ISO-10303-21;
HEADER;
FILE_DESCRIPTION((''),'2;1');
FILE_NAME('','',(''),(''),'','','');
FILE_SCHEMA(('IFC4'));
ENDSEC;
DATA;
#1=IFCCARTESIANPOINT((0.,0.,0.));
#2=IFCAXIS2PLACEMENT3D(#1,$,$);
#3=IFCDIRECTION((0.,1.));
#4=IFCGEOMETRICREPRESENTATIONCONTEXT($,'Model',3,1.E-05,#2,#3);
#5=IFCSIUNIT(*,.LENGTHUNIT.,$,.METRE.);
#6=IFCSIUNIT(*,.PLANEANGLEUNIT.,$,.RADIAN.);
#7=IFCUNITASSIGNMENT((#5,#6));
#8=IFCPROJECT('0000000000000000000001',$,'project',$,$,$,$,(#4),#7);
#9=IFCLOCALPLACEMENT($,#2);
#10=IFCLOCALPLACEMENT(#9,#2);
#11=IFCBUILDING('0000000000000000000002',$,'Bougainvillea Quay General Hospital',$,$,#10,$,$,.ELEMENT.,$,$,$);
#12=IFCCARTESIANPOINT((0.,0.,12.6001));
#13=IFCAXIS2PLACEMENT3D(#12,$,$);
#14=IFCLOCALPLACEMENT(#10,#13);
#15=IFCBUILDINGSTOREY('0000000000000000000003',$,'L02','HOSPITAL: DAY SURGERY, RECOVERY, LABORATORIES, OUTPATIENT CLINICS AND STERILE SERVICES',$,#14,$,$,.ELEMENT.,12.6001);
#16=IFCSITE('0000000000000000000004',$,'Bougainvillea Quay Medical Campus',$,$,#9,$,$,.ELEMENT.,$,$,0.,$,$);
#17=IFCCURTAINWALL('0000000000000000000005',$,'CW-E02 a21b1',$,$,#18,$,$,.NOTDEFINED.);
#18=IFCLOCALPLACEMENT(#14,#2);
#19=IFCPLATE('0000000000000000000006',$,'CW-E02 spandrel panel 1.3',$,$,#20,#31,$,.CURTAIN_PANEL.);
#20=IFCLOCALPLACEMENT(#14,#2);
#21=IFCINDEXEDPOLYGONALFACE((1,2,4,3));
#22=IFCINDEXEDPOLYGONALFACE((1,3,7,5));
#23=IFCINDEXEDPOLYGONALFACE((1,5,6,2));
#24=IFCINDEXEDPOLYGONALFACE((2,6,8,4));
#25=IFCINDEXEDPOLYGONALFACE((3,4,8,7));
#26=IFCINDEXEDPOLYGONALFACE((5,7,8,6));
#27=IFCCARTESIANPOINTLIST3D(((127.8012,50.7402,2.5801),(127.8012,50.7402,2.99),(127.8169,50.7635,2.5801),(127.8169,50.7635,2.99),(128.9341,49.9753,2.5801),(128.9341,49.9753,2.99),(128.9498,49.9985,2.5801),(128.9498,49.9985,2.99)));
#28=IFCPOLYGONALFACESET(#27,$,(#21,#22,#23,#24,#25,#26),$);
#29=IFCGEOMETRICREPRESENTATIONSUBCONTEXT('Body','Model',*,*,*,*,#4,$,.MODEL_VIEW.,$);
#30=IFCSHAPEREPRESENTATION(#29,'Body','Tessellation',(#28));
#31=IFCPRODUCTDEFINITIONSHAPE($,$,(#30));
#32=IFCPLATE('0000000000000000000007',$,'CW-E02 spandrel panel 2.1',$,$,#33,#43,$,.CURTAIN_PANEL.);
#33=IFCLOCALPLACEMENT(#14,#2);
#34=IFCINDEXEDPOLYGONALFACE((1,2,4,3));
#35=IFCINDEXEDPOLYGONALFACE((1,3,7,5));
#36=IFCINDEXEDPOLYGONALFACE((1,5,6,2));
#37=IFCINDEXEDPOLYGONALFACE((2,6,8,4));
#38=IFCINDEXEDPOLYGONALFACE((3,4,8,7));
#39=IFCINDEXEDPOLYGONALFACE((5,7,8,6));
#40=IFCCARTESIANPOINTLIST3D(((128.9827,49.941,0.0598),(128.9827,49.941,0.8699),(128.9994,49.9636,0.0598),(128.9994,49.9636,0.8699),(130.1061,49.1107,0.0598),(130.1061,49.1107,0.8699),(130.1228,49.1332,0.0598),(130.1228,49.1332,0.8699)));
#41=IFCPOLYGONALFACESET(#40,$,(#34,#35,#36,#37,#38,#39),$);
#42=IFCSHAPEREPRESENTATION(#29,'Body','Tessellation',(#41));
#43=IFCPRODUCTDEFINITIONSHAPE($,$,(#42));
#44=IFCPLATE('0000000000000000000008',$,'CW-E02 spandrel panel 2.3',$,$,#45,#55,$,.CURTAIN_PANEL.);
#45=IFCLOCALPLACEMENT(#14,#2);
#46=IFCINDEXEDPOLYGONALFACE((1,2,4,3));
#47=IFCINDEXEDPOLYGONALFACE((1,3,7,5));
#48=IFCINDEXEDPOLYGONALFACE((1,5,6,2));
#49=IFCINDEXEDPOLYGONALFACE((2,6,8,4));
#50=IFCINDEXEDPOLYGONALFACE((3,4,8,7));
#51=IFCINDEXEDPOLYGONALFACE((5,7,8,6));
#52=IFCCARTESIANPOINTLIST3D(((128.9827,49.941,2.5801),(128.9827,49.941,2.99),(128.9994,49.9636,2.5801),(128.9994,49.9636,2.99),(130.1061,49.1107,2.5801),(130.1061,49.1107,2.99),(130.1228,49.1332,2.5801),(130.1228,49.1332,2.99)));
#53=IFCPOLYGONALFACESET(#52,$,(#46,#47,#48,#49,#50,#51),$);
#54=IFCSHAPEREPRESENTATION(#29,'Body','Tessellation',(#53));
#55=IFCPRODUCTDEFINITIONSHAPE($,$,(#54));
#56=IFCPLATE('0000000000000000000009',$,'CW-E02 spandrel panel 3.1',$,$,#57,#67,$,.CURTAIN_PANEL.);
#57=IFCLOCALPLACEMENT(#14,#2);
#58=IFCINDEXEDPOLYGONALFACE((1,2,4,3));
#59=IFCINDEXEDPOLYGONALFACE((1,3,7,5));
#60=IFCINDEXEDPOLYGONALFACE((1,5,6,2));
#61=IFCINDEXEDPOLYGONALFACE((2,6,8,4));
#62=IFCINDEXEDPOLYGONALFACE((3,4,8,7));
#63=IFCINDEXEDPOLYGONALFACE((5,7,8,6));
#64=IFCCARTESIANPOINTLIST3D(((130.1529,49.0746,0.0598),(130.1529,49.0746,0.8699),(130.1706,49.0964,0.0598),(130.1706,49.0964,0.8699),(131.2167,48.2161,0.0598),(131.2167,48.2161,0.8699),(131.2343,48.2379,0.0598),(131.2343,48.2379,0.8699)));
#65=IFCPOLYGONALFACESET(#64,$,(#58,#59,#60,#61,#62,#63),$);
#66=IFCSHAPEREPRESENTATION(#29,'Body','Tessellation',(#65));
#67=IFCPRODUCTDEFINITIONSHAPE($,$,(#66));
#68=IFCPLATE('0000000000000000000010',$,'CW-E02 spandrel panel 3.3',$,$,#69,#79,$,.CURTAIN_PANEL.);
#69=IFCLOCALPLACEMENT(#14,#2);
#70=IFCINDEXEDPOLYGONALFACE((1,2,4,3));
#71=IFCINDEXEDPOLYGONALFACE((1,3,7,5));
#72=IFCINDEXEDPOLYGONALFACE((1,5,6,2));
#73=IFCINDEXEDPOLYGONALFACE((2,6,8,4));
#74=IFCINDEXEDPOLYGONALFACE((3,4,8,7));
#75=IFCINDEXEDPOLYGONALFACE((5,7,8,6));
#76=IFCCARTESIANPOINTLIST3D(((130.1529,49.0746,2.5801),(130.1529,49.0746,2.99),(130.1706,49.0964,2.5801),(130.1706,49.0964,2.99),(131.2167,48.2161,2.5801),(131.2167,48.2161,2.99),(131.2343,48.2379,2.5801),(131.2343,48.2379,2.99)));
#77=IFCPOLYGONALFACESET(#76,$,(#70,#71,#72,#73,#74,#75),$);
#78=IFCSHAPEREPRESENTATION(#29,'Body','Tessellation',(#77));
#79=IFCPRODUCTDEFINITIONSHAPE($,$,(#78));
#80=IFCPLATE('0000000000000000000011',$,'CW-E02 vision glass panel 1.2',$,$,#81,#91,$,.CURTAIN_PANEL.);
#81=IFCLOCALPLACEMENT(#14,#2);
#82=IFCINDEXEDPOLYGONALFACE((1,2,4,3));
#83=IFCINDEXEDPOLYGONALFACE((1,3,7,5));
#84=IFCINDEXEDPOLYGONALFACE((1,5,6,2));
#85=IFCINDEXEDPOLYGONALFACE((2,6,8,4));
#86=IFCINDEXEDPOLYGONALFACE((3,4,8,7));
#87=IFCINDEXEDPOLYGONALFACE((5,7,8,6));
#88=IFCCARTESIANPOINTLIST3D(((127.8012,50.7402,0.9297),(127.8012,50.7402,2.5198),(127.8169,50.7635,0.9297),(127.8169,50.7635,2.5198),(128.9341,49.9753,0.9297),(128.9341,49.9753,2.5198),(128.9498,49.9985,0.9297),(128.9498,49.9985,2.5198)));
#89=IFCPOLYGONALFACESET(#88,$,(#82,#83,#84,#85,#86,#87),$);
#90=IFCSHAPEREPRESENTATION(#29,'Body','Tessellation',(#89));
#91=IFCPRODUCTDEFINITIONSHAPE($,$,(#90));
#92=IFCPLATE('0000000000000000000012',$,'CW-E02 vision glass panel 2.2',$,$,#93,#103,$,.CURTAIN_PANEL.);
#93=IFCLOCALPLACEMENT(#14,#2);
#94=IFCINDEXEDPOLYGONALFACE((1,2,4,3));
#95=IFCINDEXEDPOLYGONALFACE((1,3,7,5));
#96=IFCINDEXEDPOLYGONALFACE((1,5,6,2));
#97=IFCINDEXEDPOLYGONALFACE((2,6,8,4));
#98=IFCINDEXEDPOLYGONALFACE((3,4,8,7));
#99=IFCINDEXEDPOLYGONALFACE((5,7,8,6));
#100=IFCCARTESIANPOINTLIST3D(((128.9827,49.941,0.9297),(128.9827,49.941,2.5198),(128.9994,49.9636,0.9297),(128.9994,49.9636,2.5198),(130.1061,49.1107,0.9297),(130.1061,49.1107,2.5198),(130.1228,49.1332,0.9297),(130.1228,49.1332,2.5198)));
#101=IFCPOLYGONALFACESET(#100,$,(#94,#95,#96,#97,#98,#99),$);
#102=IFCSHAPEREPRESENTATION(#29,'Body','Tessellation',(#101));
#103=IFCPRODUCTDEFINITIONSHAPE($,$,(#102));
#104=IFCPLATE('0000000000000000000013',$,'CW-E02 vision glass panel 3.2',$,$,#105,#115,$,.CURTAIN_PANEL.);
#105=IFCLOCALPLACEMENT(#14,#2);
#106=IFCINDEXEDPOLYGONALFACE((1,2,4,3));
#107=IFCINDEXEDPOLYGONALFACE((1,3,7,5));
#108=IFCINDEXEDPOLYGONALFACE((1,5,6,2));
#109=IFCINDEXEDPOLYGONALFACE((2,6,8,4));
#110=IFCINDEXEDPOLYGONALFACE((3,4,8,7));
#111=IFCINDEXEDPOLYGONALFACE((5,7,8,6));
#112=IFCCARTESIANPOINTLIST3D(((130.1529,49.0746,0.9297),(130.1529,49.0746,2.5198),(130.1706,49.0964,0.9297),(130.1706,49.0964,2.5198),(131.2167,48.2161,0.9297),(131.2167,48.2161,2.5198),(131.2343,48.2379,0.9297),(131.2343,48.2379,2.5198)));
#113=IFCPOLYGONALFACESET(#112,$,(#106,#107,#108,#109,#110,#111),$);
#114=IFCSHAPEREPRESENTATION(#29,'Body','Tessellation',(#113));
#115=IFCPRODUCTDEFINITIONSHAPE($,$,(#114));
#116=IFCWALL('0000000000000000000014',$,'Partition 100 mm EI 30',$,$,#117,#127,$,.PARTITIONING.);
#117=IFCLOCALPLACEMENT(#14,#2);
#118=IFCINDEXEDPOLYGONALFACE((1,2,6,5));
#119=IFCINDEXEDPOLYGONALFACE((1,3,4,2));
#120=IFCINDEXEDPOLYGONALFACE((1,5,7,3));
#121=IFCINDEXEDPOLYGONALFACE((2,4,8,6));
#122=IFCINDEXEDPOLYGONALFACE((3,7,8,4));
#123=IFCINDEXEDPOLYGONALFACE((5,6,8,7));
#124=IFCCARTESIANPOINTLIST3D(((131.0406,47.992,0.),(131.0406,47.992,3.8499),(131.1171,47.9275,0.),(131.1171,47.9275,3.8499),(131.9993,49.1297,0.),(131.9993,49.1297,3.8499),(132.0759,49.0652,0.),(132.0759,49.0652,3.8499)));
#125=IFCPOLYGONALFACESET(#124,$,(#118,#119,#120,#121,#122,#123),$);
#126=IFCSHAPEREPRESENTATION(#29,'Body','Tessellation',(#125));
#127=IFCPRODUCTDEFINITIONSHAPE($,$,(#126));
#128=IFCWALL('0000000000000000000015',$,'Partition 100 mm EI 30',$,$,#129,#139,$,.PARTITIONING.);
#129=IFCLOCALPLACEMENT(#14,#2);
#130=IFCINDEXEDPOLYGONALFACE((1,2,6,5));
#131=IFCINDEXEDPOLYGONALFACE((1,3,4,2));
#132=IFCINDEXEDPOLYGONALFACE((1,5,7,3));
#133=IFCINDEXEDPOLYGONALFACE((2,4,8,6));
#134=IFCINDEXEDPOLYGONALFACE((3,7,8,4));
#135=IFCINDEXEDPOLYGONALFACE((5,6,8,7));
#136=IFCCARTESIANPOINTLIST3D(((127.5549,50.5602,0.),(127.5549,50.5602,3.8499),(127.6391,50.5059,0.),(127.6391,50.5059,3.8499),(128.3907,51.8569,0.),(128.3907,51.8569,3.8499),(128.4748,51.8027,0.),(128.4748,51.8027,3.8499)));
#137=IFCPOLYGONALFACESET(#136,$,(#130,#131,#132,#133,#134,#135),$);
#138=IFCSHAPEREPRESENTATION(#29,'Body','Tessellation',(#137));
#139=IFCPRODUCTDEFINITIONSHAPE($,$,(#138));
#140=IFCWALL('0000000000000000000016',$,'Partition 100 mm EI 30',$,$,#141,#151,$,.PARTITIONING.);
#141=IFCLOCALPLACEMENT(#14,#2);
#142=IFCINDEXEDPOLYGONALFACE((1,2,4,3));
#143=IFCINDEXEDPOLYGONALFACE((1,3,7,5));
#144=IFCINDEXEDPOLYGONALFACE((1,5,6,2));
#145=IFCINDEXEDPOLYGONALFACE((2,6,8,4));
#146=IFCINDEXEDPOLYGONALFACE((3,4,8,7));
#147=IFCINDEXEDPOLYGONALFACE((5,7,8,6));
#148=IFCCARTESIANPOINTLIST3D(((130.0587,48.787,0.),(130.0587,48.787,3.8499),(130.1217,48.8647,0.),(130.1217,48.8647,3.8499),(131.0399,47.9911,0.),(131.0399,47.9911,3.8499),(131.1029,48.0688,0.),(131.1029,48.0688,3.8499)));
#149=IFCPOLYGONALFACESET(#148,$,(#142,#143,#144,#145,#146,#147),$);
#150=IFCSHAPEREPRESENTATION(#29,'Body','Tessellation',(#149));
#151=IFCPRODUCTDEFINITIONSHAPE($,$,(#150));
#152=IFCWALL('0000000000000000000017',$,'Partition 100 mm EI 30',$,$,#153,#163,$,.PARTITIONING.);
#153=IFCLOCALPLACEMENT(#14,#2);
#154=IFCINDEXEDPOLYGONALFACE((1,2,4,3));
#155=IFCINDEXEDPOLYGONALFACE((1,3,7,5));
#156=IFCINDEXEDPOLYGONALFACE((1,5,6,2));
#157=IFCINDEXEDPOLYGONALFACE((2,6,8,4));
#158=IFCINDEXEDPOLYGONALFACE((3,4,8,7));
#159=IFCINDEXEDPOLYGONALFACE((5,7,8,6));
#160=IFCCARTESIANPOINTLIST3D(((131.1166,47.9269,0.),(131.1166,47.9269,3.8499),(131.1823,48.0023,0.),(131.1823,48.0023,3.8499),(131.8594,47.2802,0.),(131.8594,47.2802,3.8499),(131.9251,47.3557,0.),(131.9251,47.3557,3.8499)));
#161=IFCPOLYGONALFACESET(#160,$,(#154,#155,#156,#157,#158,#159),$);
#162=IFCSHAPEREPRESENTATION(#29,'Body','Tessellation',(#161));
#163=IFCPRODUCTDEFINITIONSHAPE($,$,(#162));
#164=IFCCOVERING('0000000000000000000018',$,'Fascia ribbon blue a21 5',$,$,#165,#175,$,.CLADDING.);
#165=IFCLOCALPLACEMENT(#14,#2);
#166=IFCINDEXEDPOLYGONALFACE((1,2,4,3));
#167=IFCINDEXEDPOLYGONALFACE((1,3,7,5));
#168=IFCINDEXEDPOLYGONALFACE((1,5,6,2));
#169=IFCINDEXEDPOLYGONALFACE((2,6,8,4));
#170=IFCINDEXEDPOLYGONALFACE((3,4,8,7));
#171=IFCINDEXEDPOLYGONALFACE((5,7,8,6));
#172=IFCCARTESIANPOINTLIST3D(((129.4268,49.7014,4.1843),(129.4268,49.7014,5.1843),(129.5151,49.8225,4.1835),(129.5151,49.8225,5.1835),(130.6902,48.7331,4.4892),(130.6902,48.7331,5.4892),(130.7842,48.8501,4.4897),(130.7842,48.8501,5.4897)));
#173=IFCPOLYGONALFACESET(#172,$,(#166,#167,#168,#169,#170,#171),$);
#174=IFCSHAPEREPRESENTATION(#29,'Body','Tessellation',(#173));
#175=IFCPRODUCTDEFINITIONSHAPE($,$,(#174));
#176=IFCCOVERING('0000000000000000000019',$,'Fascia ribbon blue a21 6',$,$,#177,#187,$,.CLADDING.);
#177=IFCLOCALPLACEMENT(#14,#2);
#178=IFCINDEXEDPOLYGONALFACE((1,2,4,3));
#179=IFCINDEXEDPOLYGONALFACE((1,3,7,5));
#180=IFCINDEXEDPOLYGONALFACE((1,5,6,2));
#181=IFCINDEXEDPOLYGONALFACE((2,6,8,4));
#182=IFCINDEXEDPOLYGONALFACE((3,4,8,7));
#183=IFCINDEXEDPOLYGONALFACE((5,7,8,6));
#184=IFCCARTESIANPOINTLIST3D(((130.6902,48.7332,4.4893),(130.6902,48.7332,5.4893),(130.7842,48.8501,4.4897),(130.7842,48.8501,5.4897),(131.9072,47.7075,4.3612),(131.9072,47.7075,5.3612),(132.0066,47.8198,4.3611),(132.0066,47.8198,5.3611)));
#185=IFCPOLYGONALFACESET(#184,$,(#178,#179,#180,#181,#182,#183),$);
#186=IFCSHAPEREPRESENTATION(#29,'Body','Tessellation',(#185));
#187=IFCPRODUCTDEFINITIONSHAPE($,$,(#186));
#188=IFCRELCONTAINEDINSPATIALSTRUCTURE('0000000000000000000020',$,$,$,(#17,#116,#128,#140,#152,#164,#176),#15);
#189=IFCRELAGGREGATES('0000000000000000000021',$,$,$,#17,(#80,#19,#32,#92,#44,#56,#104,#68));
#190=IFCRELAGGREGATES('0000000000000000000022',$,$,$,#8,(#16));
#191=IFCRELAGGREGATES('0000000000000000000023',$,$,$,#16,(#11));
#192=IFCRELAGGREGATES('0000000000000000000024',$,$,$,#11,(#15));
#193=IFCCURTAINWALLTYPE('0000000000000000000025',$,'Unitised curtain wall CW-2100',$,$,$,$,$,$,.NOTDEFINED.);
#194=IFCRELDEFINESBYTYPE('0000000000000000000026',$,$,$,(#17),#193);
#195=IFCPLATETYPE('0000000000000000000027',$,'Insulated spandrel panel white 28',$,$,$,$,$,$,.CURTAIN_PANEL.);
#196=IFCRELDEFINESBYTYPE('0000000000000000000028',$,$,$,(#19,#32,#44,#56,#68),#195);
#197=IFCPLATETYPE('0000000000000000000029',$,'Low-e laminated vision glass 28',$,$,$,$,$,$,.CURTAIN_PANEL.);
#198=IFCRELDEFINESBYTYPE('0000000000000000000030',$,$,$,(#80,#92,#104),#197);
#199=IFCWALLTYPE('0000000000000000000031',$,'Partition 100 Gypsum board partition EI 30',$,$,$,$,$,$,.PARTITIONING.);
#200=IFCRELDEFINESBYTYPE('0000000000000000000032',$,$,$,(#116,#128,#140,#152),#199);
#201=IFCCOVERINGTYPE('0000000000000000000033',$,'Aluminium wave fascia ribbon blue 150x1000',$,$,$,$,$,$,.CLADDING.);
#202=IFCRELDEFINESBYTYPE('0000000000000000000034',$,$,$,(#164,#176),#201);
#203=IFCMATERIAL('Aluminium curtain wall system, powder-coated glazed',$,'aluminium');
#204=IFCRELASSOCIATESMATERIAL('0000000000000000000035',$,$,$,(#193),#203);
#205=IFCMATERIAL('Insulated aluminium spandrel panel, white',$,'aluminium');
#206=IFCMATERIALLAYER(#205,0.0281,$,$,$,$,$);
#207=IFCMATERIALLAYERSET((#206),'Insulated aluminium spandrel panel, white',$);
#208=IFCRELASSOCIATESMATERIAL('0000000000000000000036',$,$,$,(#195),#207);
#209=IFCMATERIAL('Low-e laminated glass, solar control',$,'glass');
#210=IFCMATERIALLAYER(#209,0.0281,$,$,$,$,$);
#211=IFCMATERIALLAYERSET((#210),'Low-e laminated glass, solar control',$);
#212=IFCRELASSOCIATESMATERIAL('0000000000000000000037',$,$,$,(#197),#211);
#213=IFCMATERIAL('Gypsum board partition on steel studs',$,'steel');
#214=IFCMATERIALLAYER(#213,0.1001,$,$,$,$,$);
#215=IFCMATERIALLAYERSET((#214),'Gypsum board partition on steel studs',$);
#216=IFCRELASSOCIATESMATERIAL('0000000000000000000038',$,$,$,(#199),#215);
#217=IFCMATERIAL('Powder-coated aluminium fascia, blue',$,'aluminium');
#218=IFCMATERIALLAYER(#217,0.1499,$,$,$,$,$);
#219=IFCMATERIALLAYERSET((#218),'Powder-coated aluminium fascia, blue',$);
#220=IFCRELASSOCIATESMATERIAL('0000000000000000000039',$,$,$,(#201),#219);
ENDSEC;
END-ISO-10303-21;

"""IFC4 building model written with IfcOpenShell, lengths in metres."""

from ifc_helpers import new_model, si_unit, direction, frame, frame_2d, origin, origin_2d, place, context, subcontext, project, spatial, polyline, rectangle, outline, extrude, material, layer, layer_set, type_object, element, aggregate, save


model = new_model("IFC4")

# Units and contexts
model_context = context("Model", 3, precision=1e-05, world=origin(), true_north=direction((0.0, 1.0)))
body_context = subcontext(model_context, "Body", "Model", "MODEL_VIEW")
ifc_project = project(units=[si_unit("LENGTHUNIT", "METRE"), si_unit("PLANEANGLEUNIT", "RADIAN")], contexts=[model_context])

# Site, building, storey
site_placement = place(None, origin())
site = spatial("IfcSite", under=ifc_project, at=site_placement, Name="Bougainvillea Quay Medical Campus", CompositionType="ELEMENT", RefElevation=0.0)
building_placement = place(site_placement, origin())
building = spatial("IfcBuilding", under=site, at=building_placement, Name="Bougainvillea Quay General Hospital", CompositionType="ELEMENT")
storey_placement = place(building_placement, frame((0.0, 0.0, 12.6001)))
storey = spatial("IfcBuildingStorey", under=building, at=storey_placement, Name="L02", Description="HOSPITAL: DAY SURGERY, RECOVERY, LABORATORIES, OUTPATIENT CLINICS AND STERILE SERVICES", CompositionType="ELEMENT", Elevation=12.6001)

# Curtain wall
ifc_material_1 = material(Name="Aluminium curtain wall system, powder-coated glazed", Category="aluminium")
curtain_wall_type = type_object("IfcCurtainWallType", Name="Unitised curtain wall CW-2100", PredefinedType="NOTDEFINED", material=ifc_material_1)
curtain_wall_1_placement = place(storey_placement, origin())
curtain_wall_1 = element("IfcCurtainWall", 1, at=curtain_wall_1_placement, inside=storey, type_object=curtain_wall_type, Name="CW-E02 a21b1", PredefinedType="NOTDEFINED")

# Plates
ifc_material_2 = material(Name="Insulated aluminium spandrel panel, white", Category="aluminium")
ifc_layer_1 = layer(ifc_material_2, 0.0281)
ifc_layer_set_1 = layer_set([ifc_layer_1], Name="Insulated aluminium spandrel panel, white")
plate_type_1 = type_object("IfcPlateType", Name="Insulated spandrel panel white 28", PredefinedType="CURTAIN_PANEL", material=ifc_layer_set_1)
plate_1_placement = place(storey_placement, frame((128.3755, 50.3694, 2.5801), z_axis=(0.0, 0.0, 1.0), x_axis=(0.828738, -0.559637, 0.0)))
plate_1 = element("IfcPlate", 2, at=plate_1_placement, type_object=plate_type_1, Name="CW-E02 spandrel panel 1.3", PredefinedType="CURTAIN_PANEL", context=body_context, shape_type="SweptSolid", body=[
    extrude(rectangle(XDim=1.3669, YDim=0.0281, at=origin_2d()), origin(), (0.0, 0.0, 1.0), 0.4099),
])
plate_2_placement = place(storey_placement, frame((129.5527, 49.5371, 0.0598), z_axis=(0.0, 0.0, 1.0), x_axis=(0.804189, -0.594374, 0.0)))
plate_2 = element("IfcPlate", 3, at=plate_2_placement, type_object=plate_type_1, Name="CW-E02 spandrel panel 2.1", PredefinedType="CURTAIN_PANEL", context=body_context, shape_type="SweptSolid", body=[
    extrude(rectangle(XDim=1.397, YDim=0.0281, at=origin_2d()), origin(), (0.0, 0.0, 1.0), 0.8101),
])
plate_3_placement = place(storey_placement, frame((129.5527, 49.5371, 2.5801), z_axis=(0.0, 0.0, 1.0), x_axis=(0.804189, -0.594374, 0.0)))
plate_3 = element("IfcPlate", 4, at=plate_3_placement, type_object=plate_type_1, Name="CW-E02 spandrel panel 2.3", PredefinedType="CURTAIN_PANEL", context=body_context, shape_type="SweptSolid", body=[
    extrude(rectangle(XDim=1.397, YDim=0.0281, at=origin_2d()), origin(), (0.0, 0.0, 1.0), 0.4099),
])
plate_4_placement = place(storey_placement, frame((130.6936, 48.6562, 0.0598), z_axis=(0.0, 0.0, 1.0), x_axis=(0.778185, -0.628035, 0.0)))
plate_4 = element("IfcPlate", 5, at=plate_4_placement, type_object=plate_type_1, Name="CW-E02 spandrel panel 3.1", PredefinedType="CURTAIN_PANEL", context=body_context, shape_type="SweptSolid", body=[
    extrude(rectangle(XDim=1.3669, YDim=0.0281, at=origin_2d()), origin(), (0.0, 0.0, 1.0), 0.8101),
])
plate_5_placement = place(storey_placement, frame((130.6936, 48.6562, 2.5801), z_axis=(0.0, 0.0, 1.0), x_axis=(0.778185, -0.628035, 0.0)))
plate_5 = element("IfcPlate", 6, at=plate_5_placement, type_object=plate_type_1, Name="CW-E02 spandrel panel 3.3", PredefinedType="CURTAIN_PANEL", context=body_context, shape_type="SweptSolid", body=[
    extrude(rectangle(XDim=1.3669, YDim=0.0281, at=origin_2d()), origin(), (0.0, 0.0, 1.0), 0.4099),
])
ifc_material_3 = material(Name="Low-e laminated glass, solar control", Category="glass")
ifc_layer_2 = layer(ifc_material_3, 0.0281)
ifc_layer_set_2 = layer_set([ifc_layer_2], Name="Low-e laminated glass, solar control")
plate_type_2 = type_object("IfcPlateType", Name="Low-e laminated vision glass 28", PredefinedType="CURTAIN_PANEL", material=ifc_layer_set_2)
plate_6_placement = place(storey_placement, frame((128.3755, 50.3694, 0.9297), z_axis=(0.0, 0.0, 1.0), x_axis=(0.828738, -0.559637, 0.0)))
plate_6 = element("IfcPlate", 7, at=plate_6_placement, type_object=plate_type_2, Name="CW-E02 vision glass panel 1.2", PredefinedType="CURTAIN_PANEL", context=body_context, shape_type="SweptSolid", body=[
    extrude(rectangle(XDim=1.3669, YDim=0.0281, at=origin_2d()), origin(), (0.0, 0.0, 1.0), 1.5901),
])
plate_7_placement = place(storey_placement, frame((129.5527, 49.5371, 0.9297), z_axis=(0.0, 0.0, 1.0), x_axis=(0.804189, -0.594374, 0.0)))
plate_7 = element("IfcPlate", 8, at=plate_7_placement, type_object=plate_type_2, Name="CW-E02 vision glass panel 2.2", PredefinedType="CURTAIN_PANEL", context=body_context, shape_type="SweptSolid", body=[
    extrude(rectangle(XDim=1.397, YDim=0.0281, at=origin_2d()), origin(), (0.0, 0.0, 1.0), 1.5901),
])
plate_8_placement = place(storey_placement, frame((130.6936, 48.6562, 0.9297), z_axis=(0.0, 0.0, 1.0), x_axis=(0.778185, -0.628035, 0.0)))
plate_8 = element("IfcPlate", 9, at=plate_8_placement, type_object=plate_type_2, Name="CW-E02 vision glass panel 3.2", PredefinedType="CURTAIN_PANEL", context=body_context, shape_type="SweptSolid", body=[
    extrude(rectangle(XDim=1.3669, YDim=0.0281, at=origin_2d()), origin(), (0.0, 0.0, 1.0), 1.5901),
])
aggregate(curtain_wall_1, [plate_6, plate_1, plate_2, plate_7, plate_3, plate_4, plate_8, plate_5])

# Walls
ifc_material_4 = material(Name="Gypsum board partition on steel studs", Category="steel")
ifc_layer_3 = layer(ifc_material_4, 0.1001)
ifc_layer_set_3 = layer_set([ifc_layer_3], Name="Gypsum board partition on steel studs")
wall_type = type_object("IfcWallType", Name="Partition 100 Gypsum board partition EI 30", PredefinedType="PARTITIONING", material=ifc_layer_set_3)
wall_1_placement = place(storey_placement, frame((131.0789, 47.9597, 0.0), z_axis=(0.0, 0.0, 1.0), x_axis=(0.644404, 0.764686, 0.0)))
element("IfcWall", 10, at=wall_1_placement, inside=storey, type_object=wall_type, Name="Partition 100 mm EI 30", PredefinedType="PARTITIONING", context=body_context, shape_type="SweptSolid", body=[
    extrude(rectangle(XDim=1.4878, YDim=0.1001, at=frame_2d((0.7439, 0.0))), origin(), (0.0, 0.0, 1.0), 3.8499),
])
wall_2_placement = place(storey_placement, frame((127.5969, 50.533, 0.0), z_axis=(0.0, 0.0, 1.0), x_axis=(0.541741, 0.840545, 0.0)))
element("IfcWall", 11, at=wall_2_placement, inside=storey, type_object=wall_type, Name="Partition 100 mm EI 30", PredefinedType="PARTITIONING", context=body_context, shape_type="SweptSolid", body=[
    extrude(rectangle(XDim=1.5427, YDim=0.1001, at=frame_2d((0.7715, 0.0))), origin(), (0.0, 0.0, 1.0), 3.8499),
])
wall_3_placement = place(storey_placement, frame((130.0901, 48.8259, 0.0), z_axis=(0.0, 0.0, 1.0), x_axis=(0.776628, -0.62996, 0.0)))
element("IfcWall", 12, at=wall_3_placement, inside=storey, type_object=wall_type, Name="Partition 100 mm EI 30", PredefinedType="PARTITIONING", context=body_context, shape_type="SweptSolid", body=[
    extrude(rectangle(XDim=1.2634, YDim=0.1001, at=frame_2d((0.6318, 0.0))), origin(), (0.0, 0.0, 1.0), 3.8499),
])
wall_4_placement = place(storey_placement, frame((131.1494, 47.9646, 0.0), z_axis=(0.0, 0.0, 1.0), x_axis=(0.754248, -0.65659, 0.0)))
element("IfcWall", 13, at=wall_4_placement, inside=storey, type_object=wall_type, Name="Partition 100 mm EI 30", PredefinedType="PARTITIONING", context=body_context, shape_type="SweptSolid", body=[
    extrude(rectangle(XDim=0.9849, YDim=0.1001, at=frame_2d((0.4924, 0.0))), origin(), (0.0, 0.0, 1.0), 3.8499),
])

# Coverings
ifc_material_5 = material(Name="Powder-coated aluminium fascia, blue", Category="aluminium")
ifc_layer_4 = layer(ifc_material_5, 0.1499)
ifc_layer_set_4 = layer_set([ifc_layer_4], Name="Powder-coated aluminium fascia, blue")
covering_type = type_object("IfcCoveringType", Name="Aluminium wave fascia ribbon blue 150x1000", PredefinedType="CLADDING", material=ifc_layer_set_4)
covering_1_placement = place(storey_placement, frame((129.4268, 49.7014, 4.1843), z_axis=(-0.148836, 0.115039, 0.982148), x_axis=(0.779548, -0.597427, 0.18811)))
element("IfcCovering", 14, at=covering_1_placement, inside=storey, type_object=covering_type, Name="Fascia ribbon blue a21 5", PredefinedType="CLADDING", context=body_context, shape_type="SweptSolid", body=[
    extrude(outline(polyline([(0.0, 0.0), (1.6207, 0.0), (1.6242, 0.15), (-0.0036, 0.1499), (0.0, 0.0)])), origin(), (0.18811, -0.000759, 0.982148), 1.0),
])
covering_2_placement = place(storey_placement, frame((130.6902, 48.7332, 4.4893), z_axis=(0.06076, -0.05231, 0.996781), x_axis=(0.762215, -0.64234, -0.080171)))
element("IfcCovering", 15, at=covering_2_placement, inside=storey, type_object=covering_type, Name="Fascia ribbon blue a21 6", PredefinedType="CLADDING", context=body_context, shape_type="SweptSolid", body=[
    extrude(outline(polyline([(0.0, 0.0), (1.5967, 0.0), (1.6003, 0.1499), (-0.0035, 0.15), (0.0, 0.0)])), origin(), (-0.080171, 0.000843, 0.996781), 1.0),
])

save(model, "model.ifc")
